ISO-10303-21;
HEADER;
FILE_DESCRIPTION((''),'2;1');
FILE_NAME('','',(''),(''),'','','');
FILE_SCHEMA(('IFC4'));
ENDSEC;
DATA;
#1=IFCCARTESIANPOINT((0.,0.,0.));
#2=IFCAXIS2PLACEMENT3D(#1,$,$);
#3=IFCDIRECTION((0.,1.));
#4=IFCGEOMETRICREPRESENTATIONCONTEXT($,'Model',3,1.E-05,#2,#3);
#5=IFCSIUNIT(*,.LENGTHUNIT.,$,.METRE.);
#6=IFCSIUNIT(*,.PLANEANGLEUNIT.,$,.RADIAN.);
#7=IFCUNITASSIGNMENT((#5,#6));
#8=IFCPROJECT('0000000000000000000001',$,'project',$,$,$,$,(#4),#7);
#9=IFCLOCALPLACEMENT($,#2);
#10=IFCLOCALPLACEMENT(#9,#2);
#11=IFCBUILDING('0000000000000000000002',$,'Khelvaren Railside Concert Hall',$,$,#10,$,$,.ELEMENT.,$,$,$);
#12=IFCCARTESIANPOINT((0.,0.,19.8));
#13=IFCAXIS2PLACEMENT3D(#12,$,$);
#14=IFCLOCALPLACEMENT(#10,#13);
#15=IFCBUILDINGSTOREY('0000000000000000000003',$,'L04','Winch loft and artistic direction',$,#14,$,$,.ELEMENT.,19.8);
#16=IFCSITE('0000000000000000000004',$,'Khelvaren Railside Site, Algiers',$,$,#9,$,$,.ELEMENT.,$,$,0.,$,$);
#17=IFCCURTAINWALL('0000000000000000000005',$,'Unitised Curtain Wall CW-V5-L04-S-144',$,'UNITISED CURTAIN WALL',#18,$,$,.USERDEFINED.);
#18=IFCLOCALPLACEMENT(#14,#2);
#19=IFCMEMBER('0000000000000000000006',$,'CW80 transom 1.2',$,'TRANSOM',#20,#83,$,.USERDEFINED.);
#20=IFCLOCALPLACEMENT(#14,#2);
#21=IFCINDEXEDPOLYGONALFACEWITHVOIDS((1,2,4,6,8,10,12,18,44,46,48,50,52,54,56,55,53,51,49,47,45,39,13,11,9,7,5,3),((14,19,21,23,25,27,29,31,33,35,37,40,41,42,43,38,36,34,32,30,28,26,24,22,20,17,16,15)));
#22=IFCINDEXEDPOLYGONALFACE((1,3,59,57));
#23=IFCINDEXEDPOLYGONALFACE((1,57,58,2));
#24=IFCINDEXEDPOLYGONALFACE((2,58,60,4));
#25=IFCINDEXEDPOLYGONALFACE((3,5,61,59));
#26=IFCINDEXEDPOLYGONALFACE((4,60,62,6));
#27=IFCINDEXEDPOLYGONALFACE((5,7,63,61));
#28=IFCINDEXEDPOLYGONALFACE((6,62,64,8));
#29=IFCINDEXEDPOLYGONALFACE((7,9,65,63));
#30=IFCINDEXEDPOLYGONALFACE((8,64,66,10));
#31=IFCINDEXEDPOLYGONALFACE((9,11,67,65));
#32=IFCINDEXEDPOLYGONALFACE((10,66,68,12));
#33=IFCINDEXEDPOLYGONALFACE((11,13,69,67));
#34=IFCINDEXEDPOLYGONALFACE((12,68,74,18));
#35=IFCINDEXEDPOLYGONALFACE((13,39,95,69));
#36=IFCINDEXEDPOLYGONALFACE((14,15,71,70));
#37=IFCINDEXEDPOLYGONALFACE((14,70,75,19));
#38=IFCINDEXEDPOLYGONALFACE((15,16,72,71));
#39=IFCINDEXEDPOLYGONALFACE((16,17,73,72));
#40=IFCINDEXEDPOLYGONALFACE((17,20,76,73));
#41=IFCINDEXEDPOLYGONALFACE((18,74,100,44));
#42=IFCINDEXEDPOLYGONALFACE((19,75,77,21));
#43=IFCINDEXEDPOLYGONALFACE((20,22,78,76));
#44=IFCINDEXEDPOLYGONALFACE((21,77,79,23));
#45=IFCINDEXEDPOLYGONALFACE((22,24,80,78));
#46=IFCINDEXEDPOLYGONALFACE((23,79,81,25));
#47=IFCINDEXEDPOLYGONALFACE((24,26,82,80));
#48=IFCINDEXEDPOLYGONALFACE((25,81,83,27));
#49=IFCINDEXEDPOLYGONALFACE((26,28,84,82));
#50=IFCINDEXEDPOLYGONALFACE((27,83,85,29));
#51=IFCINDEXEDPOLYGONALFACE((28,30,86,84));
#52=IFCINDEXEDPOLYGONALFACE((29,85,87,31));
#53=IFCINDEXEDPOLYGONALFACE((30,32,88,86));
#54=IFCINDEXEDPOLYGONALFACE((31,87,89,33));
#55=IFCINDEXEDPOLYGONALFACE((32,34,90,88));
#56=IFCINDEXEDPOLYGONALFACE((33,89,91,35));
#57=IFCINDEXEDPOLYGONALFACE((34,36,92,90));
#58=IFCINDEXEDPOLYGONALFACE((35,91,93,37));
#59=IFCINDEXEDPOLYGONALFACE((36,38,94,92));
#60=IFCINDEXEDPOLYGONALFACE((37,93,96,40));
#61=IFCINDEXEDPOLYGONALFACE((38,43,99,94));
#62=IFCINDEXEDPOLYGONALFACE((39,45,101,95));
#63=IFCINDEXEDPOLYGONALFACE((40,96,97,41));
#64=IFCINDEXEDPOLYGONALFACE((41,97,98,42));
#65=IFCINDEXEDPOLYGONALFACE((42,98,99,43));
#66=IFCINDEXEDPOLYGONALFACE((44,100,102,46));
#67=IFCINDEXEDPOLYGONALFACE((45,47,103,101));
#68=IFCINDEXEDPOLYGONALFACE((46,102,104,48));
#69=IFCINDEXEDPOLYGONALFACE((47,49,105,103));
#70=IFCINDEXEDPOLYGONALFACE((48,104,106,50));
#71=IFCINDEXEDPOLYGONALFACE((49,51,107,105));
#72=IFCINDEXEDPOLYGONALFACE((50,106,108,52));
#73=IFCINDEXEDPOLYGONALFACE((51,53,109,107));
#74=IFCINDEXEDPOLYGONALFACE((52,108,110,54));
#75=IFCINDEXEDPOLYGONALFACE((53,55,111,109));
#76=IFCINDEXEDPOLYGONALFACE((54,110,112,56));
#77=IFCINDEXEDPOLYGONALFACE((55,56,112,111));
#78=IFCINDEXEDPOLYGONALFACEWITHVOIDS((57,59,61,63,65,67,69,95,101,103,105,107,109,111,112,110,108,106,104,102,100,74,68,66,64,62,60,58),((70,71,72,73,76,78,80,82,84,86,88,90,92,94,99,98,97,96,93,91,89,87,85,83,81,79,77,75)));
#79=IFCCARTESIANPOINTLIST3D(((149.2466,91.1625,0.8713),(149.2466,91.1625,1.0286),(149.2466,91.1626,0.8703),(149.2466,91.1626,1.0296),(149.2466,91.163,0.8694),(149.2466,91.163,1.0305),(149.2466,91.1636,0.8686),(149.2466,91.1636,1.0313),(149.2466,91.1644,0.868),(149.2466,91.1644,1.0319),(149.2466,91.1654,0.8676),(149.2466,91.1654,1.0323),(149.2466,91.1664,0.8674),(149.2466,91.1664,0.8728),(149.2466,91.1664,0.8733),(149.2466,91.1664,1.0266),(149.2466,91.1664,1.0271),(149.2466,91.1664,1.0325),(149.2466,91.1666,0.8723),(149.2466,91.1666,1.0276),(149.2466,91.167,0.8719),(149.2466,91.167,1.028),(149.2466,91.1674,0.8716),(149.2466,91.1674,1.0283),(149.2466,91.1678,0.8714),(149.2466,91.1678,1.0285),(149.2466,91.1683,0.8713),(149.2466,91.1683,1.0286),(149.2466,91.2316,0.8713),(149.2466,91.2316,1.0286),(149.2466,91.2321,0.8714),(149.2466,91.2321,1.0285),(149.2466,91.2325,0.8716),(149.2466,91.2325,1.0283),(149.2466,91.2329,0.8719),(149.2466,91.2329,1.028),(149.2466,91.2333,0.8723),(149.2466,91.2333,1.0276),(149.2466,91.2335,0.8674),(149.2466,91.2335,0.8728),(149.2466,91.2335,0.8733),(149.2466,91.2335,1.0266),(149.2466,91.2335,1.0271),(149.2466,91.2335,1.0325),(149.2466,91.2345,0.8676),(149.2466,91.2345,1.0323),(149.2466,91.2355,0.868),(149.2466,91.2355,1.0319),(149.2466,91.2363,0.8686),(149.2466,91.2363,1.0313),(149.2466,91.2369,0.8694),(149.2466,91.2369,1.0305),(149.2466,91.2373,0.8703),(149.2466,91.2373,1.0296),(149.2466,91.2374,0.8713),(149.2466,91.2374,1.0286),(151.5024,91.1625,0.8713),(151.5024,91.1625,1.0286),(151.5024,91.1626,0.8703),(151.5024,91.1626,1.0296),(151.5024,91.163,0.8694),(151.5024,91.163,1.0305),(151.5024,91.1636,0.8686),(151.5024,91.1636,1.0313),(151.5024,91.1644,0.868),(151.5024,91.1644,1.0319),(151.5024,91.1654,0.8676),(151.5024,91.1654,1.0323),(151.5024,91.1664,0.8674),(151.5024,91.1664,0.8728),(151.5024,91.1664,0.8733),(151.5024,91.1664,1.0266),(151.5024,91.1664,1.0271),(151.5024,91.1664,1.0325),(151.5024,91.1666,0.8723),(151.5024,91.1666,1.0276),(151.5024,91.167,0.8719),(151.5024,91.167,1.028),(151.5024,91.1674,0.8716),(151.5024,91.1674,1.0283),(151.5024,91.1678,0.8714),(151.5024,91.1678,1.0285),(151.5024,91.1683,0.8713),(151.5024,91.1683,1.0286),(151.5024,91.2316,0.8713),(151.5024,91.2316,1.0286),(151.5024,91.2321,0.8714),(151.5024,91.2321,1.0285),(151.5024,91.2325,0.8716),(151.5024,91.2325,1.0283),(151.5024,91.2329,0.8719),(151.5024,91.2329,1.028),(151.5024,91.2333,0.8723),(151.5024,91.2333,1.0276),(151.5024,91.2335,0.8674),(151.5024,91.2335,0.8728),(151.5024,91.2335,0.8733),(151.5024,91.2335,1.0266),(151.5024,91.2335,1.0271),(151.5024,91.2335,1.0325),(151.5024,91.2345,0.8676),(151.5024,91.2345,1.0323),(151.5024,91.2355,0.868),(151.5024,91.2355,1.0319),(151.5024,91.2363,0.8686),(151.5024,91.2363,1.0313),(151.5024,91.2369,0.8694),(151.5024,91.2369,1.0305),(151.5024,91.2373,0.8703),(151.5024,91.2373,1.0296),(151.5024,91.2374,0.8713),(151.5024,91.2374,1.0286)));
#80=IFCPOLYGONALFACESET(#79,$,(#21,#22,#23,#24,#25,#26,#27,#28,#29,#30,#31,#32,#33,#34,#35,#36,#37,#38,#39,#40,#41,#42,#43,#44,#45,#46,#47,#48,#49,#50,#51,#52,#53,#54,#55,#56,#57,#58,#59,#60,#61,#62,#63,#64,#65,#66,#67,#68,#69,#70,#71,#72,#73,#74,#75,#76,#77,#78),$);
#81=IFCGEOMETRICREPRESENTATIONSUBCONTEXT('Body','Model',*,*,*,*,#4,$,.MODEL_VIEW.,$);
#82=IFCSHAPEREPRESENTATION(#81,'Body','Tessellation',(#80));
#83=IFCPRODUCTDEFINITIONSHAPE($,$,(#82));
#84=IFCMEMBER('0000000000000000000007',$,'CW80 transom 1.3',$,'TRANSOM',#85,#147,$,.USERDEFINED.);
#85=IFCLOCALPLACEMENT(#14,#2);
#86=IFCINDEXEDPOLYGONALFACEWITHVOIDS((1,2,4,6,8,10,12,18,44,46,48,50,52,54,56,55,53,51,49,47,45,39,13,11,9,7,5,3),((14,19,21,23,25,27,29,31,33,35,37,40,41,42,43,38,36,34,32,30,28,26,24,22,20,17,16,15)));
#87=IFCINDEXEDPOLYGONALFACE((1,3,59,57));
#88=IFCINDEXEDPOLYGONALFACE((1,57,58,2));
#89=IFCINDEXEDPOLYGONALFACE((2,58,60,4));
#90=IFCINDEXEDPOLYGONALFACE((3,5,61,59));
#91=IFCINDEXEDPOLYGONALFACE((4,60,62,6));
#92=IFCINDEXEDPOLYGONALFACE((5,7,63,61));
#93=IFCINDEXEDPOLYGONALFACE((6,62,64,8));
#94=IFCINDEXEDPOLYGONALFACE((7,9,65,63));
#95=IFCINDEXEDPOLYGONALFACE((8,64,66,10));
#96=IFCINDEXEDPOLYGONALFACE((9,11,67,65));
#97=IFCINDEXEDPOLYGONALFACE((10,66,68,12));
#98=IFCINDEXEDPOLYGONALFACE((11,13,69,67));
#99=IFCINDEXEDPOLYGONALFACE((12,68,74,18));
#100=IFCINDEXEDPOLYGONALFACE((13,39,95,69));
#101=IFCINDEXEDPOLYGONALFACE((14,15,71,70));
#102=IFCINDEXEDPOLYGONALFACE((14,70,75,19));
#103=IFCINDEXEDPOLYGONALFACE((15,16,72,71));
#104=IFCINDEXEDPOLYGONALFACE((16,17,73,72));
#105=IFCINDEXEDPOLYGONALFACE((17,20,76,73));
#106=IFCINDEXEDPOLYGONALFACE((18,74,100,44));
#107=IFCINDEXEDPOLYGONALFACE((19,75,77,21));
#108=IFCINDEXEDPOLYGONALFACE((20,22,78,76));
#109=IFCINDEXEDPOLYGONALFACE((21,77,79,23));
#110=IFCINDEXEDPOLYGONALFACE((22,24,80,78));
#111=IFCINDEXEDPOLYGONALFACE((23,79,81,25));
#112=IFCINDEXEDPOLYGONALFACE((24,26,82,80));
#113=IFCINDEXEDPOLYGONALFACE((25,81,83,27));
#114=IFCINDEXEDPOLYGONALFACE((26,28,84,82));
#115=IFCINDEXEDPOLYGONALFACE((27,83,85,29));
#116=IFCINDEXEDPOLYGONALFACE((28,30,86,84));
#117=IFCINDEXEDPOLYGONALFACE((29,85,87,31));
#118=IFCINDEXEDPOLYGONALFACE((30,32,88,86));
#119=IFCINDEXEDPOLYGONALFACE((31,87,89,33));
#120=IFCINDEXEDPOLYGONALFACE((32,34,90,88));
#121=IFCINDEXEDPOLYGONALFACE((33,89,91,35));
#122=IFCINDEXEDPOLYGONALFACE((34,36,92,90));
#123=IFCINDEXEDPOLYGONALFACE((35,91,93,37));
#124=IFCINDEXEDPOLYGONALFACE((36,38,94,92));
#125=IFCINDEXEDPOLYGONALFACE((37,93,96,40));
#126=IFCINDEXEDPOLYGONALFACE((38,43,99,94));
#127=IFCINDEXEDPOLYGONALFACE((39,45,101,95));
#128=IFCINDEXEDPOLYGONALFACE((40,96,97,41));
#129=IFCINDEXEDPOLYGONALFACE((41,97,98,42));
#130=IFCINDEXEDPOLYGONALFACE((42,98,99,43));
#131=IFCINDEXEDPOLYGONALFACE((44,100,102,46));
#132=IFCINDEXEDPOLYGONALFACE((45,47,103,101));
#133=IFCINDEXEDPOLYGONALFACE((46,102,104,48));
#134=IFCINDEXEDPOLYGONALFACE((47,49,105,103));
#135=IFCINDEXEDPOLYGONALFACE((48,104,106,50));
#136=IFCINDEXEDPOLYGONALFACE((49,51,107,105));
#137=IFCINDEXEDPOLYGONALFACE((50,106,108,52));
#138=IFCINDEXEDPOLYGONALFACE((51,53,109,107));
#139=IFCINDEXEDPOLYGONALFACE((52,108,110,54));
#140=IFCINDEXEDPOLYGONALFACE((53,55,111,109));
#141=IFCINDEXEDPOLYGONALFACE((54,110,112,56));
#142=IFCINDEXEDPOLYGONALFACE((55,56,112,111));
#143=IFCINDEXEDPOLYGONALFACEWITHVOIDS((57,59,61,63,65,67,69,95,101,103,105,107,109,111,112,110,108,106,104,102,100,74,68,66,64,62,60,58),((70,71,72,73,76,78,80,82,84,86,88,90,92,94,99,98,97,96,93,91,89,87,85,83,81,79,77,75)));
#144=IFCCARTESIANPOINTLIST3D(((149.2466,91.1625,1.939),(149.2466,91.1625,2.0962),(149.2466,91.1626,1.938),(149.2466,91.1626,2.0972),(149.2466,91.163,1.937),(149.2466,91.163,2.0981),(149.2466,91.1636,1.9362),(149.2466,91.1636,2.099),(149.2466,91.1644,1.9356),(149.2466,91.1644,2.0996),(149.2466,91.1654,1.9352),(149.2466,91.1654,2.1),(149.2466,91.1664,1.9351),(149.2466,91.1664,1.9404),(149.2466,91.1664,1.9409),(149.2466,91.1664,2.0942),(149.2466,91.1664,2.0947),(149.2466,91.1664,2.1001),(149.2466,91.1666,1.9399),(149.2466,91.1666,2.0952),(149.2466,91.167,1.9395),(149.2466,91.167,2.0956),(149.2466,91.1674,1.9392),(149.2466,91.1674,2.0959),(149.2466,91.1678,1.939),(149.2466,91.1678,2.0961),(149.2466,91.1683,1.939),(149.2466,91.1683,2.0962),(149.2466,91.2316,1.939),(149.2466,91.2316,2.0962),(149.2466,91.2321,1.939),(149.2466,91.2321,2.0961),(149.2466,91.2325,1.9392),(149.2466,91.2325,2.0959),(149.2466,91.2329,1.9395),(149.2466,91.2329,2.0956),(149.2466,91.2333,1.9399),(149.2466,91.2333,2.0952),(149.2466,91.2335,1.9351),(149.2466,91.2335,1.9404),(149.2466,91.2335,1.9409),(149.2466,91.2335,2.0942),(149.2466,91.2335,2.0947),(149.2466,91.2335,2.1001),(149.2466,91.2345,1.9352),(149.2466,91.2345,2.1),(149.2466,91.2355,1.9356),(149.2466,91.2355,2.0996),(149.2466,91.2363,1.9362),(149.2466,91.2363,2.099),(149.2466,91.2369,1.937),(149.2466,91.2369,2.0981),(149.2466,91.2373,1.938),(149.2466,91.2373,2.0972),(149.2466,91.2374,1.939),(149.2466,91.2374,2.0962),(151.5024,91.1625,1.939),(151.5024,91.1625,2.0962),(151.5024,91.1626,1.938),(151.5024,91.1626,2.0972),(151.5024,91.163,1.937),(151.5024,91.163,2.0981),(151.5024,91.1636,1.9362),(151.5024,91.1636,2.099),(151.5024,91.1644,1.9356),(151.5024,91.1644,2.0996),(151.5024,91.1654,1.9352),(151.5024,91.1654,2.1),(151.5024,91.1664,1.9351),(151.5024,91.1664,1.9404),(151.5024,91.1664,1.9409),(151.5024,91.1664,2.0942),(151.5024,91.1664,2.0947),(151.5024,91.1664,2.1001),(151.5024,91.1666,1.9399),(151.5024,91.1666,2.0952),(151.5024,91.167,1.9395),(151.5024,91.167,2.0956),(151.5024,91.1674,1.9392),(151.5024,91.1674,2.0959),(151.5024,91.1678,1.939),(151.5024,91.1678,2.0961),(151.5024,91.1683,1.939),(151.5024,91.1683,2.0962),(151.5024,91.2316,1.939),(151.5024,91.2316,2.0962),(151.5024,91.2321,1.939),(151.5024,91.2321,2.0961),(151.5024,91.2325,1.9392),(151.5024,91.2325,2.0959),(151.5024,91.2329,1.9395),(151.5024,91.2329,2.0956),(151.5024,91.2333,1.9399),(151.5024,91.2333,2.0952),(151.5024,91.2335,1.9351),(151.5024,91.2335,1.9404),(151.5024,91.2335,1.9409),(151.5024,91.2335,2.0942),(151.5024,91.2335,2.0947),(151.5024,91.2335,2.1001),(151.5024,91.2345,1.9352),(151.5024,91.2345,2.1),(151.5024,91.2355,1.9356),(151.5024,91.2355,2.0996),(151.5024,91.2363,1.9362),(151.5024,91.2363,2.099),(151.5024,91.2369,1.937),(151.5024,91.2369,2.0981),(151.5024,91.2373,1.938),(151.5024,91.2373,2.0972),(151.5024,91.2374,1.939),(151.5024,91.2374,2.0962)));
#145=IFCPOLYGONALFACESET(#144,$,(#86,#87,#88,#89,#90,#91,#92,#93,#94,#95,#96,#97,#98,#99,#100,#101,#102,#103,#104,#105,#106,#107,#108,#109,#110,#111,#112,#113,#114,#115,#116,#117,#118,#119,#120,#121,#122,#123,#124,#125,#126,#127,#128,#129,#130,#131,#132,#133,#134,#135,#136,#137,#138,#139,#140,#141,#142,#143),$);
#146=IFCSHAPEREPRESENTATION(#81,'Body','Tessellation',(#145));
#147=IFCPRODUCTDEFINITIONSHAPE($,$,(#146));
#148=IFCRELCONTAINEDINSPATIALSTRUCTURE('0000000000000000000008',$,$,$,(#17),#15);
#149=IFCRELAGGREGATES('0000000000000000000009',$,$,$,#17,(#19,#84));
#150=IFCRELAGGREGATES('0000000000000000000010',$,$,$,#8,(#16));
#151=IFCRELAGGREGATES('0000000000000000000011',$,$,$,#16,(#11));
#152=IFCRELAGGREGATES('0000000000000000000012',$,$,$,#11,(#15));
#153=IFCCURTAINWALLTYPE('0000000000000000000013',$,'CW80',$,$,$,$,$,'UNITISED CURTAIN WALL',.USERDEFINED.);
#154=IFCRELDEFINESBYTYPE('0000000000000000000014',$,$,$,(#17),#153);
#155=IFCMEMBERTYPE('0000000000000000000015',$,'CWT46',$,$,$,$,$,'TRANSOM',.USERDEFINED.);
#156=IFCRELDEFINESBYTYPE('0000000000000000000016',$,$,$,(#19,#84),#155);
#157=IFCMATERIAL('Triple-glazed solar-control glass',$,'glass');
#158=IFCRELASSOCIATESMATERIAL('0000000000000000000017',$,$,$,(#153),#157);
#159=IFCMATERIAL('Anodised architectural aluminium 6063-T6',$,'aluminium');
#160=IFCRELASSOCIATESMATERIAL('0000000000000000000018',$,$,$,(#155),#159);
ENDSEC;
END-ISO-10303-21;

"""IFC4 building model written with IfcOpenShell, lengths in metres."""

from ifc_helpers import new_model, si_unit, direction, frame, origin, origin_2d, place, context, subcontext, project, spatial, hollow_rectangle, extrude, material, material_profile, profile_set, type_object, element, aggregate, save


model = new_model("IFC4")

# Units and contexts
model_context = context("Model", 3, precision=1e-05, world=origin(), true_north=direction((0.0, 1.0)))
body_context = subcontext(model_context, "Body", "Model", "MODEL_VIEW")
ifc_project = project(units=[si_unit("LENGTHUNIT", "METRE"), si_unit("PLANEANGLEUNIT", "RADIAN")], contexts=[model_context])

# Site, building, storey
site_placement = place(None, origin())
site = spatial("IfcSite", under=ifc_project, at=site_placement, Name="Khelvaren Railside Site, Algiers", CompositionType="ELEMENT", RefElevation=0.0)
building_placement = place(site_placement, origin())
building = spatial("IfcBuilding", under=site, at=building_placement, Name="Khelvaren Railside Concert Hall", CompositionType="ELEMENT")
storey_placement = place(building_placement, frame((0.0, 0.0, 19.8)))
storey = spatial("IfcBuildingStorey", under=building, at=storey_placement, Name="L04", Description="Winch loft and artistic direction", CompositionType="ELEMENT", Elevation=19.8)

# Curtain wall
ifc_material_1 = material(Name="Triple-glazed solar-control glass", Category="glass")
curtain_wall_type_1 = type_object("IfcCurtainWallType", Name="CW80", ElementType="UNITISED CURTAIN WALL", PredefinedType="USERDEFINED", material=ifc_material_1)
curtain_wall_1_placement = place(storey_placement, origin())
curtain_wall_1 = element("IfcCurtainWall", 1, at=curtain_wall_1_placement, inside=storey, type_object=curtain_wall_type_1, Name="Unitised Curtain Wall CW-V5-L04-S-144", ObjectType="UNITISED CURTAIN WALL", PredefinedType="USERDEFINED")
ifc_material_2 = material(Name="Anodised architectural aluminium 6063-T6", Category="aluminium")

# Members
ifc_material_profile_1 = material_profile(ifc_material_2, hollow_rectangle(XDim=0.075, YDim=0.165, WallThickness=0.0039, InnerFilletRadius=0.002, OuterFilletRadius=0.0039, at=origin_2d()), Name="CWT 75x165x4")
ifc_profile_set_1 = profile_set([ifc_material_profile_1], Name="Anodised architectural aluminium 6063-T6")
member_type_1 = type_object("IfcMemberType", Name="CWT46", ElementType="TRANSOM", PredefinedType="USERDEFINED", material=ifc_profile_set_1)
member_1_placement = place(storey_placement, frame((151.5024, 91.2, 0.95), z_axis=(-1.0, 0.0, 0.0), x_axis=(0.0, -1.0, 0.0)))
member_1 = element("IfcMember", 2, at=member_1_placement, type_object=member_type_1, Name="CW80 transom 1.2", ObjectType="TRANSOM", PredefinedType="USERDEFINED", context=body_context, shape_type="SweptSolid", body=[
    extrude(hollow_rectangle(XDim=0.075, YDim=0.165, WallThickness=0.0039, InnerFilletRadius=0.002, OuterFilletRadius=0.0039, at=origin_2d()), origin(), (0.0, 0.0, 1.0), 2.2559),
])
member_2_placement = place(storey_placement, frame((151.5024, 91.2, 2.0176), z_axis=(-1.0, 0.0, 0.0), x_axis=(0.0, -1.0, 0.0)))
member_2 = element("IfcMember", 3, at=member_2_placement, type_object=member_type_1, Name="CW80 transom 1.3", ObjectType="TRANSOM", PredefinedType="USERDEFINED", context=body_context, shape_type="SweptSolid", body=[
    extrude(hollow_rectangle(XDim=0.075, YDim=0.165, WallThickness=0.0039, InnerFilletRadius=0.002, OuterFilletRadius=0.0039, at=origin_2d()), origin(), (0.0, 0.0, 1.0), 2.2559),
])

aggregate(curtain_wall_1, [member_1, member_2])

save(model, "model.ifc")
